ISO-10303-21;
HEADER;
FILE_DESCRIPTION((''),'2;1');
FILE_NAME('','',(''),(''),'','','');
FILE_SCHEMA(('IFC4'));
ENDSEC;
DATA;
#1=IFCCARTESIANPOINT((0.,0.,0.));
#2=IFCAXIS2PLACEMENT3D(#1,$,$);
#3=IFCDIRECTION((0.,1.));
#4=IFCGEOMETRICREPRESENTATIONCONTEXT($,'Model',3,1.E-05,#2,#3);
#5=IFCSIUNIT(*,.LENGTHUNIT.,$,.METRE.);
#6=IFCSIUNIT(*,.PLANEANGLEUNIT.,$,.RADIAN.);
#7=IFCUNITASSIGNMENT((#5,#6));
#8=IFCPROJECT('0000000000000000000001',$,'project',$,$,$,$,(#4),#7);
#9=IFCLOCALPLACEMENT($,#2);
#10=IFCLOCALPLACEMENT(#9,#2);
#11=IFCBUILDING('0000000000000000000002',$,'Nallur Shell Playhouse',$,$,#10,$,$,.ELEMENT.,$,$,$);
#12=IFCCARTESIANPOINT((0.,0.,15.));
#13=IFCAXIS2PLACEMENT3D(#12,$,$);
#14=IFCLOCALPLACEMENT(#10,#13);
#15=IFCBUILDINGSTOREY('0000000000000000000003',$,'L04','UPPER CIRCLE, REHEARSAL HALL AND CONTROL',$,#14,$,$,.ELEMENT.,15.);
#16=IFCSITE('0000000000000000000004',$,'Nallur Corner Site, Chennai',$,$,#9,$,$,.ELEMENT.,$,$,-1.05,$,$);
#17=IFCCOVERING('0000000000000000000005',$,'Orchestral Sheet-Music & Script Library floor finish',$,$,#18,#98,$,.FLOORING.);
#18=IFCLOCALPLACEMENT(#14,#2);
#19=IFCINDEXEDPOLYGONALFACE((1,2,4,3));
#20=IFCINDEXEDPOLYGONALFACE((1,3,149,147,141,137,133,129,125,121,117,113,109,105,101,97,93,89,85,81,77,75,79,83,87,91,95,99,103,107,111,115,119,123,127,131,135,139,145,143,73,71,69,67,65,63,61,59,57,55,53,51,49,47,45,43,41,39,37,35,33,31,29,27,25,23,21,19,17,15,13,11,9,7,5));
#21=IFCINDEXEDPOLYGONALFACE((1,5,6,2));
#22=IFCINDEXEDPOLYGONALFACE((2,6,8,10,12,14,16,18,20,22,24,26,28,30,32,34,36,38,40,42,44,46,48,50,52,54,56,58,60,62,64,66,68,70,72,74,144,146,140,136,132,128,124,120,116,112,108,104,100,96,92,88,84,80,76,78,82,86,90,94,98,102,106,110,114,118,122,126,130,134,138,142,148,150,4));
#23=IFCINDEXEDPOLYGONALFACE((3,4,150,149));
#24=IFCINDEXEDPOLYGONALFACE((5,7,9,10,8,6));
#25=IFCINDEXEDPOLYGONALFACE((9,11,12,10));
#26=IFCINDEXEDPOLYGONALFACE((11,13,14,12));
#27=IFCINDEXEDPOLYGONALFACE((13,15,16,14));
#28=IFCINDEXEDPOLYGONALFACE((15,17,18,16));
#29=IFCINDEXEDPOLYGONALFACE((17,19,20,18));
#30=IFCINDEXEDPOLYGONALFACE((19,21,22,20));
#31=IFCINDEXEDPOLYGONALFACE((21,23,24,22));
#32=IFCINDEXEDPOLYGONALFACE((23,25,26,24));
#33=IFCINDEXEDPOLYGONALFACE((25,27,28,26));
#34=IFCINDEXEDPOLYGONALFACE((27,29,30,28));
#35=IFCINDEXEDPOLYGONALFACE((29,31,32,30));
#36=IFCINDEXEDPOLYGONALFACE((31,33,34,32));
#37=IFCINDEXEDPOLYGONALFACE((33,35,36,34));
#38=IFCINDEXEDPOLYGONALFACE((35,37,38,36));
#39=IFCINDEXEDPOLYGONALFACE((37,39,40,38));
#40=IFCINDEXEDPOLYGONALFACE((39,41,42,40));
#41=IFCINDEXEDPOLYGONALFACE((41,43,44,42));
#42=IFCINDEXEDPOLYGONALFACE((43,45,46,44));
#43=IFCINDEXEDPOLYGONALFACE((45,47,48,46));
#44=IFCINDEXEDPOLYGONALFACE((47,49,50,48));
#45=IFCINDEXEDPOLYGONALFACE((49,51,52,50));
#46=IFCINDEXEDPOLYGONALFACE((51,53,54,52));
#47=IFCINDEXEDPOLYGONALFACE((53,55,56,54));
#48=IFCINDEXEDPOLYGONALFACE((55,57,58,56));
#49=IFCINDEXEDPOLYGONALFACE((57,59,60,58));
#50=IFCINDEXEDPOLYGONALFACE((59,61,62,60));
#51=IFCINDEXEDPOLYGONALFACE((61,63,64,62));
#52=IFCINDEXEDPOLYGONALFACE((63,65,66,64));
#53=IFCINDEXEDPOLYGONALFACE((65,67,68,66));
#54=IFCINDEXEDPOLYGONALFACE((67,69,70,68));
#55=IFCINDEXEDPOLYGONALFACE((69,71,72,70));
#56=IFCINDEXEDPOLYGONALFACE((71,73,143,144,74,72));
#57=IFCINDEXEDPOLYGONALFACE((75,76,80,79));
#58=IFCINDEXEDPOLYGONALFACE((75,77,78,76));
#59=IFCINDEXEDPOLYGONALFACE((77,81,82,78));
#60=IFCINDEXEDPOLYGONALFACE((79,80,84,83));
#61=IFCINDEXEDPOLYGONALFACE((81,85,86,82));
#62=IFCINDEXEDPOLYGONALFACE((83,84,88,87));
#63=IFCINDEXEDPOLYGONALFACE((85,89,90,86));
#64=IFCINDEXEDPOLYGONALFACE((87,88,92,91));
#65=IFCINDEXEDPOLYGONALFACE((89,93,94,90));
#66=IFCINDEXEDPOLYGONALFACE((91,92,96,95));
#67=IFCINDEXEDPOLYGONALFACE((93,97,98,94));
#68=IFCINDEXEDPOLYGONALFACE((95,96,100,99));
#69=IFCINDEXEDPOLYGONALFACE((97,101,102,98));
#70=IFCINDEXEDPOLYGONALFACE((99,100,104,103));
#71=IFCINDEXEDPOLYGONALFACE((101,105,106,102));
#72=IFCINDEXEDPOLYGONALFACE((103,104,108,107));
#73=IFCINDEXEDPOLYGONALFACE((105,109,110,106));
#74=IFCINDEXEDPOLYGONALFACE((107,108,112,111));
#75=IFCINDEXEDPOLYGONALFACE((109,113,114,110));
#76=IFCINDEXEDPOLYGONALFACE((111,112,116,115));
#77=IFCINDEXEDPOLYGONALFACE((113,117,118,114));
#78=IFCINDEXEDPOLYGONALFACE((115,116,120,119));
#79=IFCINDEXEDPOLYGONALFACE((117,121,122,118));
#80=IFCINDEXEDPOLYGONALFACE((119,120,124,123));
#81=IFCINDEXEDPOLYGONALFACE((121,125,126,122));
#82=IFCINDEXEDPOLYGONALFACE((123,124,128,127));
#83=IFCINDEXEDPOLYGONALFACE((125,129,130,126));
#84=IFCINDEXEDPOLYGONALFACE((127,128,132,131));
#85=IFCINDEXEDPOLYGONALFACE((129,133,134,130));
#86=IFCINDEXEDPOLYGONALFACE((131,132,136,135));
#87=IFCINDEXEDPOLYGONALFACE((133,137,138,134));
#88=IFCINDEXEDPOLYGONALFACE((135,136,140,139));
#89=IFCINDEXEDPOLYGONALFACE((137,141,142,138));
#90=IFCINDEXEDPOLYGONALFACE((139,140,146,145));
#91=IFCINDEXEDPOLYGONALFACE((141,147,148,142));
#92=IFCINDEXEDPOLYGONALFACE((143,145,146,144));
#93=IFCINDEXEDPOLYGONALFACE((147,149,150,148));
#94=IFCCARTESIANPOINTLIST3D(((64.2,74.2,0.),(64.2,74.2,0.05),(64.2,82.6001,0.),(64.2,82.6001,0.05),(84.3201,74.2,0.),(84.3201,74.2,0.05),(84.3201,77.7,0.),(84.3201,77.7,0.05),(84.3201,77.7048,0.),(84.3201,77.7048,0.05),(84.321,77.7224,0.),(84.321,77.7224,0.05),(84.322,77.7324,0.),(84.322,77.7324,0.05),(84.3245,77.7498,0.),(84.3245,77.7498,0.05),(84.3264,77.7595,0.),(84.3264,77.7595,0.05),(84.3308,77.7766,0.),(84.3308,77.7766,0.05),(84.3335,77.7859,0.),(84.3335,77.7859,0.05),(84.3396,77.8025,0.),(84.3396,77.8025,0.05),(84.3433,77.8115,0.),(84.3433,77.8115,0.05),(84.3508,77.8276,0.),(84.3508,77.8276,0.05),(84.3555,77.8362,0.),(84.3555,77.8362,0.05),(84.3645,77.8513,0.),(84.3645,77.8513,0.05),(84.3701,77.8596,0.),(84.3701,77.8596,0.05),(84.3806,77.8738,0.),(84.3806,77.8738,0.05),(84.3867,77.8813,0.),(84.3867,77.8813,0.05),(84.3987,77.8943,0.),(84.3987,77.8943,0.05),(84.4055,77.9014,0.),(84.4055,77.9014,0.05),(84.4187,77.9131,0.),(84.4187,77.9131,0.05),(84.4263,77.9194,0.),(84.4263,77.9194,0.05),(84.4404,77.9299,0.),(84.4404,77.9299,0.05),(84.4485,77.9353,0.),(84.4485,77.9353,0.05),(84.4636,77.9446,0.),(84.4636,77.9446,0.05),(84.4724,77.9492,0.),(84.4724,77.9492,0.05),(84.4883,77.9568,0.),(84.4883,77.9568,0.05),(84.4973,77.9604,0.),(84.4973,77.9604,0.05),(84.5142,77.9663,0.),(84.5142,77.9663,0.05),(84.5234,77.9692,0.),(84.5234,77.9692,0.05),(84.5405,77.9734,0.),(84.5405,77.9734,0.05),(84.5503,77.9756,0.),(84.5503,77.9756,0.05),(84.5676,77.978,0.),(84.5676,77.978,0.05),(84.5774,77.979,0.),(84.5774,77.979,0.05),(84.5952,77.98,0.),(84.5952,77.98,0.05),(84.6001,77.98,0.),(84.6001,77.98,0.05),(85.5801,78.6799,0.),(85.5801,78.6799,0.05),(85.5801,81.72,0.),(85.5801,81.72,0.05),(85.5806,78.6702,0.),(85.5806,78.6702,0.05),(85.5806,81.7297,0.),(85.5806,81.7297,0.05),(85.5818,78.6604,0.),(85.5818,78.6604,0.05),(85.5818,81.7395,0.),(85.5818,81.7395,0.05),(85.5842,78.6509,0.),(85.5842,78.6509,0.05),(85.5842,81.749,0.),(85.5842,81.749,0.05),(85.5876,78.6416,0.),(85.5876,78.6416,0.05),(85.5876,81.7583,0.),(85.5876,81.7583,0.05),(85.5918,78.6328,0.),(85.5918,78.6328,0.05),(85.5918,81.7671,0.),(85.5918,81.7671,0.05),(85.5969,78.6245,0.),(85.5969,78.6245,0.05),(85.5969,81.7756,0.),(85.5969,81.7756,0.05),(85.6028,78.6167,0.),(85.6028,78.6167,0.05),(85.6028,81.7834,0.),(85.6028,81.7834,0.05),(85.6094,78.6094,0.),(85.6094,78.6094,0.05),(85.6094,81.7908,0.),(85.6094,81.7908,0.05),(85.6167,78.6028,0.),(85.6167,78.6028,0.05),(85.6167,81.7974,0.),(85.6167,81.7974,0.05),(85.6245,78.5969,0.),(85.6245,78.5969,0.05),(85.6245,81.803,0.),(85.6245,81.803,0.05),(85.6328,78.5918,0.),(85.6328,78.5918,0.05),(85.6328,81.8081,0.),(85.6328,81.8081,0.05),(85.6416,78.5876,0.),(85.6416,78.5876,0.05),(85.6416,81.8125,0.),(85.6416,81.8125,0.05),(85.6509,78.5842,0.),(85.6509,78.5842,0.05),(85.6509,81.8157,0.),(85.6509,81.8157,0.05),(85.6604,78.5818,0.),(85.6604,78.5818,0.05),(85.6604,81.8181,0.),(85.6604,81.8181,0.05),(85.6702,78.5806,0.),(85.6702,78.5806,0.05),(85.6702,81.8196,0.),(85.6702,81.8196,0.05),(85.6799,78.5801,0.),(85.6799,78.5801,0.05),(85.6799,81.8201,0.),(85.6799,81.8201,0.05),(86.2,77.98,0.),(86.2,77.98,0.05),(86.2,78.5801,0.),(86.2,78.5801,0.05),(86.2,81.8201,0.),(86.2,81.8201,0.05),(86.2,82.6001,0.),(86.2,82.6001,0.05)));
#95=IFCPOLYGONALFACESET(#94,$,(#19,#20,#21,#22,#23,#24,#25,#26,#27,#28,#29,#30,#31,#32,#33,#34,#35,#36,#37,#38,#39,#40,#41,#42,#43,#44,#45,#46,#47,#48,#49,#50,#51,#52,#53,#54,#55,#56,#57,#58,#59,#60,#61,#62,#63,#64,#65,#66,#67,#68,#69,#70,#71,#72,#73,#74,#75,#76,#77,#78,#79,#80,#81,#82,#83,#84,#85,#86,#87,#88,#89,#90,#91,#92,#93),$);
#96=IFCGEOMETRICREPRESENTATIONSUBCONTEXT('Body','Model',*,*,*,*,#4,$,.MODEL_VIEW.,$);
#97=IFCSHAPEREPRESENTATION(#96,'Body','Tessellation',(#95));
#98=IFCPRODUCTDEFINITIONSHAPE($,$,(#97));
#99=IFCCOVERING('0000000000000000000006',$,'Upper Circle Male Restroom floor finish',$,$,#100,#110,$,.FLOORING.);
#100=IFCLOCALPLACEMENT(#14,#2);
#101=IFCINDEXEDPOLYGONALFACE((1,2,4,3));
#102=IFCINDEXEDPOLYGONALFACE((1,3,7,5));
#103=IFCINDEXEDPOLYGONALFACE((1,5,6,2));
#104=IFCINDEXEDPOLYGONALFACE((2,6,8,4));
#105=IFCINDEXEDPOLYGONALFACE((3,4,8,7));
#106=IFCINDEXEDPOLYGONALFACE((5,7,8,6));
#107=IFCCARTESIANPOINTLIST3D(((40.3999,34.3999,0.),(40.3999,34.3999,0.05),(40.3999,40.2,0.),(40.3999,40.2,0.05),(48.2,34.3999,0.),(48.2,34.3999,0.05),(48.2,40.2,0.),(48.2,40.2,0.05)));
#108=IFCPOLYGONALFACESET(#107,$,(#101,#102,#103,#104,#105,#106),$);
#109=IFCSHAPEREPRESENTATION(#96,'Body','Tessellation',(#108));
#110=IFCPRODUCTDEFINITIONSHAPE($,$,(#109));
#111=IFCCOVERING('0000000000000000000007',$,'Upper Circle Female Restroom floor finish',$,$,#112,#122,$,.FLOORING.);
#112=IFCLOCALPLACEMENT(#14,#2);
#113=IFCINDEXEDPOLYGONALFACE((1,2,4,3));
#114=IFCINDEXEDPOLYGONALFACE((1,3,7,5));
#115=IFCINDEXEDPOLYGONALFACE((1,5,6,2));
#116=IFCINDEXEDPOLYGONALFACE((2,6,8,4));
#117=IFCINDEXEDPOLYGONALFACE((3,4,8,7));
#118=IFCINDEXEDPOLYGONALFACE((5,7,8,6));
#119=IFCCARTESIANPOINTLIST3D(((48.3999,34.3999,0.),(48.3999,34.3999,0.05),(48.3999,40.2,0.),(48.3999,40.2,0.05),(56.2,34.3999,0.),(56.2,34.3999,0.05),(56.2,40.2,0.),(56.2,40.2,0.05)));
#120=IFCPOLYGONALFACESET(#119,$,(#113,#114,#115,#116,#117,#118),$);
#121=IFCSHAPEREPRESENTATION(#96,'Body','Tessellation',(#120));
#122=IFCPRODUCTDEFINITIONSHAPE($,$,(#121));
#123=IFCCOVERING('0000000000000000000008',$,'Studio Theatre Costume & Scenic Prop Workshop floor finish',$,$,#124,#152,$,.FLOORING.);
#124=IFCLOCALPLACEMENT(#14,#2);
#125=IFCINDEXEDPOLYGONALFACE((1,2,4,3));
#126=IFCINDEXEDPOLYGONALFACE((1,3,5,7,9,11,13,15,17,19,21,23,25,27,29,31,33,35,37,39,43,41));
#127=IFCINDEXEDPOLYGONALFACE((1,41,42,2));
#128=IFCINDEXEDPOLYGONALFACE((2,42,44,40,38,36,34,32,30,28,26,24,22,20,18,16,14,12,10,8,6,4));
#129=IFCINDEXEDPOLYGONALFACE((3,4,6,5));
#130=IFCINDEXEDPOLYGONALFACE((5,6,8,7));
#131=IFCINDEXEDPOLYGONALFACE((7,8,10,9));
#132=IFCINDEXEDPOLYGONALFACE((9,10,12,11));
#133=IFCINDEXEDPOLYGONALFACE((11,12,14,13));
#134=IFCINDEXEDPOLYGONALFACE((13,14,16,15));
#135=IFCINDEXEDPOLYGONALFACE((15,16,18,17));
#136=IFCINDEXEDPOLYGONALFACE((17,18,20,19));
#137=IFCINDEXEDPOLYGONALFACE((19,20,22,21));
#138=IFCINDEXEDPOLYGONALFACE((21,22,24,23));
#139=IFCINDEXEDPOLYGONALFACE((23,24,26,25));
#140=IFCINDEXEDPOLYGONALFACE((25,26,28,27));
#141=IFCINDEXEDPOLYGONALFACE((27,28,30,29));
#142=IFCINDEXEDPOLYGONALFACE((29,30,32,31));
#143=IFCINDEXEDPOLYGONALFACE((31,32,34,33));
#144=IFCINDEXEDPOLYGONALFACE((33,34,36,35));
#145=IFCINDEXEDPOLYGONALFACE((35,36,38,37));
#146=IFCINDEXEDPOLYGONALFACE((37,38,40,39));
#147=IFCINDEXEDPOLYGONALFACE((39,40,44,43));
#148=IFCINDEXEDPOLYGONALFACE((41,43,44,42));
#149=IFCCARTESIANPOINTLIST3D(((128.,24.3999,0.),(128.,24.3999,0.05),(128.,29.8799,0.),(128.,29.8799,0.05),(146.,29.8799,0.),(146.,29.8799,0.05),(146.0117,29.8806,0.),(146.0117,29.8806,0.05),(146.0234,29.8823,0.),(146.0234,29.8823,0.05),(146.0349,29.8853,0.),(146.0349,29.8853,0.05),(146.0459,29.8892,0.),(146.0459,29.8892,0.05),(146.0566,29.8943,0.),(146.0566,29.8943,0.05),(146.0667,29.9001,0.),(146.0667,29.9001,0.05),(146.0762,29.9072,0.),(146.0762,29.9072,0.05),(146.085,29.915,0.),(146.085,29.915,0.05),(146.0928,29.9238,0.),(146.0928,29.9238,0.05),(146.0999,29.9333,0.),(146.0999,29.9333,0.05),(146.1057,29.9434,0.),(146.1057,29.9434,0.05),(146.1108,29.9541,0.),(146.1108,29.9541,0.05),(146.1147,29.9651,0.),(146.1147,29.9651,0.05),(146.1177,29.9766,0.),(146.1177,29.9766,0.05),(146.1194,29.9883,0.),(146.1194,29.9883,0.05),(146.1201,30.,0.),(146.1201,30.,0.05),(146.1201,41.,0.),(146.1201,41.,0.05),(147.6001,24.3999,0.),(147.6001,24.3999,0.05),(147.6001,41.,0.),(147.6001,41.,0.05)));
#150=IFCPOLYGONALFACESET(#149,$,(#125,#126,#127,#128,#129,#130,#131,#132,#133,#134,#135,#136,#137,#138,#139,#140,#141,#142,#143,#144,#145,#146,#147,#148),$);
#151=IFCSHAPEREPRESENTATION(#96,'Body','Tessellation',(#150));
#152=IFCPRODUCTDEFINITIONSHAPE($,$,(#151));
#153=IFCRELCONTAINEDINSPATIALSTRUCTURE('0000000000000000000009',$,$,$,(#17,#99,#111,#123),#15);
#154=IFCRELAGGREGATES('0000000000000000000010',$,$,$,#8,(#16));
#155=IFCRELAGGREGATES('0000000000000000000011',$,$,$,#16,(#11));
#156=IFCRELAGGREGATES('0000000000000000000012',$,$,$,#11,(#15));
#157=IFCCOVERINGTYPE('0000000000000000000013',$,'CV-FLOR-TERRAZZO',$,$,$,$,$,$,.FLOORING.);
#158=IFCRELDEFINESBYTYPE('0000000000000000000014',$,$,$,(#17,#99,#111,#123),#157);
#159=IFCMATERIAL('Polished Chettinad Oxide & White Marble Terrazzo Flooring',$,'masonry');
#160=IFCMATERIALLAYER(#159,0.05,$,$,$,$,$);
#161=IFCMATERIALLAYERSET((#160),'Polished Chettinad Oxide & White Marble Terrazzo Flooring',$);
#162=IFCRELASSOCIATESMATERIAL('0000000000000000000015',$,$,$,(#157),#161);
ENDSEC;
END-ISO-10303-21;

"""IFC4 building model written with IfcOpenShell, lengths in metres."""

from ifc_helpers import new_model, si_unit, direction, frame, origin, place, context, subcontext, project, spatial, polyline, outline, extrude, material, layer, layer_set, type_object, element, save


model = new_model("IFC4")

# Units and contexts
model_context = context("Model", 3, precision=1e-05, world=origin(), true_north=direction((0.0, 1.0)))
body_context = subcontext(model_context, "Body", "Model", "MODEL_VIEW")
ifc_project = project(units=[si_unit("LENGTHUNIT", "METRE"), si_unit("PLANEANGLEUNIT", "RADIAN")], contexts=[model_context])

# Site, building, storey
site_placement = place(None, origin())
site = spatial("IfcSite", under=ifc_project, at=site_placement, Name="Nallur Corner Site, Chennai", CompositionType="ELEMENT", RefElevation=-1.05)
building_placement = place(site_placement, origin())
building = spatial("IfcBuilding", under=site, at=building_placement, Name="Nallur Shell Playhouse", CompositionType="ELEMENT")
storey_placement = place(building_placement, frame((0.0, 0.0, 15.0)))
storey = spatial("IfcBuildingStorey", under=building, at=storey_placement, Name="L04", Description="UPPER CIRCLE, REHEARSAL HALL AND CONTROL", CompositionType="ELEMENT", Elevation=15.0)

# Coverings
ifc_material_1 = material(Name="Polished Chettinad Oxide & White Marble Terrazzo Flooring", Category="masonry")
ifc_layer_1 = layer(ifc_material_1, 0.05)
ifc_layer_set_1 = layer_set([ifc_layer_1], Name="Polished Chettinad Oxide & White Marble Terrazzo Flooring")
covering_type_1 = type_object("IfcCoveringType", Name="CV-FLOR-TERRAZZO", PredefinedType="FLOORING", material=ifc_layer_set_1)
covering_1_placement = place(storey_placement, origin())
element("IfcCovering", 1, at=covering_1_placement, inside=storey, type_object=covering_type_1, Name="Orchestral Sheet-Music & Script Library floor finish", PredefinedType="FLOORING", context=body_context, shape_type="SweptSolid", body=[
    extrude(outline(polyline([(85.6416, 81.8125), (85.6328, 81.8081), (85.6245, 81.803), (85.6167, 81.7974), (85.6094, 81.7908), (85.6028, 81.7834), (85.5969, 81.7756), (85.5918, 81.7671), (85.5876, 81.7583), (85.5842, 81.749), (85.5818, 81.7395), (85.5806, 81.7297), (85.5801, 81.72), (85.5801, 78.6799), (85.5806, 78.6702), (85.5818, 78.6604), (85.5842, 78.6509), (85.5876, 78.6416), (85.5918, 78.6328), (85.5969, 78.6245), (85.6028, 78.6167), (85.6094, 78.6094), (85.6167, 78.6028), (85.6245, 78.5969), (85.6328, 78.5918), (85.6416, 78.5876), (85.6509, 78.5842), (85.6604, 78.5818), (85.6702, 78.5806), (85.6799, 78.5801), (86.2, 78.5801), (86.2, 77.98), (84.6001, 77.98), (84.5952, 77.98), (84.5774, 77.979), (84.5676, 77.978), (84.5503, 77.9756), (84.5405, 77.9734), (84.5234, 77.9692), (84.5142, 77.9663), (84.4973, 77.9604), (84.4883, 77.9568), (84.4724, 77.9492), (84.4636, 77.9446), (84.4485, 77.9353), (84.4404, 77.9299), (84.4263, 77.9194), (84.4187, 77.9131), (84.4055, 77.9014), (84.3987, 77.8943), (84.3867, 77.8813), (84.3806, 77.8738), (84.3701, 77.8596), (84.3645, 77.8513), (84.3555, 77.8362), (84.3508, 77.8276), (84.3433, 77.8115), (84.3396, 77.8025), (84.3335, 77.7859), (84.3308, 77.7766), (84.3264, 77.7595), (84.3245, 77.7498), (84.322, 77.7324), (84.321, 77.7224), (84.3201, 77.7048), (84.3201, 77.7), (84.3201, 74.2), (64.2, 74.2), (64.2, 82.6001), (86.2, 82.6001), (86.2, 81.8201), (85.6799, 81.8201), (85.6702, 81.8196), (85.6604, 81.8181), (85.6509, 81.8157), (85.6416, 81.8125)])), origin(), (0.0, 0.0, 1.0), 0.05),
])
covering_2_placement = place(storey_placement, origin())
element("IfcCovering", 2, at=covering_2_placement, inside=storey, type_object=covering_type_1, Name="Upper Circle Male Restroom floor finish", PredefinedType="FLOORING", context=body_context, shape_type="SweptSolid", body=[
    extrude(outline(polyline([(40.3999, 40.2), (48.2, 40.2), (48.2, 34.3999), (40.3999, 34.3999), (40.3999, 40.2)])), origin(), (0.0, 0.0, 1.0), 0.05),
])
covering_3_placement = place(storey_placement, origin())
element("IfcCovering", 3, at=covering_3_placement, inside=storey, type_object=covering_type_1, Name="Upper Circle Female Restroom floor finish", PredefinedType="FLOORING", context=body_context, shape_type="SweptSolid", body=[
    extrude(outline(polyline([(48.3999, 40.2), (56.2, 40.2), (56.2, 34.3999), (48.3999, 34.3999), (48.3999, 40.2)])), origin(), (0.0, 0.0, 1.0), 0.05),
])
covering_4_placement = place(storey_placement, origin())
element("IfcCovering", 4, at=covering_4_placement, inside=storey, type_object=covering_type_1, Name="Studio Theatre Costume & Scenic Prop Workshop floor finish", PredefinedType="FLOORING", context=body_context, shape_type="SweptSolid", body=[
    extrude(outline(polyline([(146.0667, 29.9001), (146.0762, 29.9072), (146.085, 29.915), (146.0928, 29.9238), (146.0999, 29.9333), (146.1057, 29.9434), (146.1108, 29.9541), (146.1147, 29.9651), (146.1177, 29.9766), (146.1194, 29.9883), (146.1201, 30.0), (146.1201, 41.0), (147.6001, 41.0), (147.6001, 24.3999), (128.0, 24.3999), (128.0, 29.8799), (146.0, 29.8799), (146.0117, 29.8806), (146.0234, 29.8823), (146.0349, 29.8853), (146.0459, 29.8892), (146.0566, 29.8943), (146.0667, 29.9001)])), origin(), (0.0, 0.0, 1.0), 0.05),
])

save(model, "model.ifc")
